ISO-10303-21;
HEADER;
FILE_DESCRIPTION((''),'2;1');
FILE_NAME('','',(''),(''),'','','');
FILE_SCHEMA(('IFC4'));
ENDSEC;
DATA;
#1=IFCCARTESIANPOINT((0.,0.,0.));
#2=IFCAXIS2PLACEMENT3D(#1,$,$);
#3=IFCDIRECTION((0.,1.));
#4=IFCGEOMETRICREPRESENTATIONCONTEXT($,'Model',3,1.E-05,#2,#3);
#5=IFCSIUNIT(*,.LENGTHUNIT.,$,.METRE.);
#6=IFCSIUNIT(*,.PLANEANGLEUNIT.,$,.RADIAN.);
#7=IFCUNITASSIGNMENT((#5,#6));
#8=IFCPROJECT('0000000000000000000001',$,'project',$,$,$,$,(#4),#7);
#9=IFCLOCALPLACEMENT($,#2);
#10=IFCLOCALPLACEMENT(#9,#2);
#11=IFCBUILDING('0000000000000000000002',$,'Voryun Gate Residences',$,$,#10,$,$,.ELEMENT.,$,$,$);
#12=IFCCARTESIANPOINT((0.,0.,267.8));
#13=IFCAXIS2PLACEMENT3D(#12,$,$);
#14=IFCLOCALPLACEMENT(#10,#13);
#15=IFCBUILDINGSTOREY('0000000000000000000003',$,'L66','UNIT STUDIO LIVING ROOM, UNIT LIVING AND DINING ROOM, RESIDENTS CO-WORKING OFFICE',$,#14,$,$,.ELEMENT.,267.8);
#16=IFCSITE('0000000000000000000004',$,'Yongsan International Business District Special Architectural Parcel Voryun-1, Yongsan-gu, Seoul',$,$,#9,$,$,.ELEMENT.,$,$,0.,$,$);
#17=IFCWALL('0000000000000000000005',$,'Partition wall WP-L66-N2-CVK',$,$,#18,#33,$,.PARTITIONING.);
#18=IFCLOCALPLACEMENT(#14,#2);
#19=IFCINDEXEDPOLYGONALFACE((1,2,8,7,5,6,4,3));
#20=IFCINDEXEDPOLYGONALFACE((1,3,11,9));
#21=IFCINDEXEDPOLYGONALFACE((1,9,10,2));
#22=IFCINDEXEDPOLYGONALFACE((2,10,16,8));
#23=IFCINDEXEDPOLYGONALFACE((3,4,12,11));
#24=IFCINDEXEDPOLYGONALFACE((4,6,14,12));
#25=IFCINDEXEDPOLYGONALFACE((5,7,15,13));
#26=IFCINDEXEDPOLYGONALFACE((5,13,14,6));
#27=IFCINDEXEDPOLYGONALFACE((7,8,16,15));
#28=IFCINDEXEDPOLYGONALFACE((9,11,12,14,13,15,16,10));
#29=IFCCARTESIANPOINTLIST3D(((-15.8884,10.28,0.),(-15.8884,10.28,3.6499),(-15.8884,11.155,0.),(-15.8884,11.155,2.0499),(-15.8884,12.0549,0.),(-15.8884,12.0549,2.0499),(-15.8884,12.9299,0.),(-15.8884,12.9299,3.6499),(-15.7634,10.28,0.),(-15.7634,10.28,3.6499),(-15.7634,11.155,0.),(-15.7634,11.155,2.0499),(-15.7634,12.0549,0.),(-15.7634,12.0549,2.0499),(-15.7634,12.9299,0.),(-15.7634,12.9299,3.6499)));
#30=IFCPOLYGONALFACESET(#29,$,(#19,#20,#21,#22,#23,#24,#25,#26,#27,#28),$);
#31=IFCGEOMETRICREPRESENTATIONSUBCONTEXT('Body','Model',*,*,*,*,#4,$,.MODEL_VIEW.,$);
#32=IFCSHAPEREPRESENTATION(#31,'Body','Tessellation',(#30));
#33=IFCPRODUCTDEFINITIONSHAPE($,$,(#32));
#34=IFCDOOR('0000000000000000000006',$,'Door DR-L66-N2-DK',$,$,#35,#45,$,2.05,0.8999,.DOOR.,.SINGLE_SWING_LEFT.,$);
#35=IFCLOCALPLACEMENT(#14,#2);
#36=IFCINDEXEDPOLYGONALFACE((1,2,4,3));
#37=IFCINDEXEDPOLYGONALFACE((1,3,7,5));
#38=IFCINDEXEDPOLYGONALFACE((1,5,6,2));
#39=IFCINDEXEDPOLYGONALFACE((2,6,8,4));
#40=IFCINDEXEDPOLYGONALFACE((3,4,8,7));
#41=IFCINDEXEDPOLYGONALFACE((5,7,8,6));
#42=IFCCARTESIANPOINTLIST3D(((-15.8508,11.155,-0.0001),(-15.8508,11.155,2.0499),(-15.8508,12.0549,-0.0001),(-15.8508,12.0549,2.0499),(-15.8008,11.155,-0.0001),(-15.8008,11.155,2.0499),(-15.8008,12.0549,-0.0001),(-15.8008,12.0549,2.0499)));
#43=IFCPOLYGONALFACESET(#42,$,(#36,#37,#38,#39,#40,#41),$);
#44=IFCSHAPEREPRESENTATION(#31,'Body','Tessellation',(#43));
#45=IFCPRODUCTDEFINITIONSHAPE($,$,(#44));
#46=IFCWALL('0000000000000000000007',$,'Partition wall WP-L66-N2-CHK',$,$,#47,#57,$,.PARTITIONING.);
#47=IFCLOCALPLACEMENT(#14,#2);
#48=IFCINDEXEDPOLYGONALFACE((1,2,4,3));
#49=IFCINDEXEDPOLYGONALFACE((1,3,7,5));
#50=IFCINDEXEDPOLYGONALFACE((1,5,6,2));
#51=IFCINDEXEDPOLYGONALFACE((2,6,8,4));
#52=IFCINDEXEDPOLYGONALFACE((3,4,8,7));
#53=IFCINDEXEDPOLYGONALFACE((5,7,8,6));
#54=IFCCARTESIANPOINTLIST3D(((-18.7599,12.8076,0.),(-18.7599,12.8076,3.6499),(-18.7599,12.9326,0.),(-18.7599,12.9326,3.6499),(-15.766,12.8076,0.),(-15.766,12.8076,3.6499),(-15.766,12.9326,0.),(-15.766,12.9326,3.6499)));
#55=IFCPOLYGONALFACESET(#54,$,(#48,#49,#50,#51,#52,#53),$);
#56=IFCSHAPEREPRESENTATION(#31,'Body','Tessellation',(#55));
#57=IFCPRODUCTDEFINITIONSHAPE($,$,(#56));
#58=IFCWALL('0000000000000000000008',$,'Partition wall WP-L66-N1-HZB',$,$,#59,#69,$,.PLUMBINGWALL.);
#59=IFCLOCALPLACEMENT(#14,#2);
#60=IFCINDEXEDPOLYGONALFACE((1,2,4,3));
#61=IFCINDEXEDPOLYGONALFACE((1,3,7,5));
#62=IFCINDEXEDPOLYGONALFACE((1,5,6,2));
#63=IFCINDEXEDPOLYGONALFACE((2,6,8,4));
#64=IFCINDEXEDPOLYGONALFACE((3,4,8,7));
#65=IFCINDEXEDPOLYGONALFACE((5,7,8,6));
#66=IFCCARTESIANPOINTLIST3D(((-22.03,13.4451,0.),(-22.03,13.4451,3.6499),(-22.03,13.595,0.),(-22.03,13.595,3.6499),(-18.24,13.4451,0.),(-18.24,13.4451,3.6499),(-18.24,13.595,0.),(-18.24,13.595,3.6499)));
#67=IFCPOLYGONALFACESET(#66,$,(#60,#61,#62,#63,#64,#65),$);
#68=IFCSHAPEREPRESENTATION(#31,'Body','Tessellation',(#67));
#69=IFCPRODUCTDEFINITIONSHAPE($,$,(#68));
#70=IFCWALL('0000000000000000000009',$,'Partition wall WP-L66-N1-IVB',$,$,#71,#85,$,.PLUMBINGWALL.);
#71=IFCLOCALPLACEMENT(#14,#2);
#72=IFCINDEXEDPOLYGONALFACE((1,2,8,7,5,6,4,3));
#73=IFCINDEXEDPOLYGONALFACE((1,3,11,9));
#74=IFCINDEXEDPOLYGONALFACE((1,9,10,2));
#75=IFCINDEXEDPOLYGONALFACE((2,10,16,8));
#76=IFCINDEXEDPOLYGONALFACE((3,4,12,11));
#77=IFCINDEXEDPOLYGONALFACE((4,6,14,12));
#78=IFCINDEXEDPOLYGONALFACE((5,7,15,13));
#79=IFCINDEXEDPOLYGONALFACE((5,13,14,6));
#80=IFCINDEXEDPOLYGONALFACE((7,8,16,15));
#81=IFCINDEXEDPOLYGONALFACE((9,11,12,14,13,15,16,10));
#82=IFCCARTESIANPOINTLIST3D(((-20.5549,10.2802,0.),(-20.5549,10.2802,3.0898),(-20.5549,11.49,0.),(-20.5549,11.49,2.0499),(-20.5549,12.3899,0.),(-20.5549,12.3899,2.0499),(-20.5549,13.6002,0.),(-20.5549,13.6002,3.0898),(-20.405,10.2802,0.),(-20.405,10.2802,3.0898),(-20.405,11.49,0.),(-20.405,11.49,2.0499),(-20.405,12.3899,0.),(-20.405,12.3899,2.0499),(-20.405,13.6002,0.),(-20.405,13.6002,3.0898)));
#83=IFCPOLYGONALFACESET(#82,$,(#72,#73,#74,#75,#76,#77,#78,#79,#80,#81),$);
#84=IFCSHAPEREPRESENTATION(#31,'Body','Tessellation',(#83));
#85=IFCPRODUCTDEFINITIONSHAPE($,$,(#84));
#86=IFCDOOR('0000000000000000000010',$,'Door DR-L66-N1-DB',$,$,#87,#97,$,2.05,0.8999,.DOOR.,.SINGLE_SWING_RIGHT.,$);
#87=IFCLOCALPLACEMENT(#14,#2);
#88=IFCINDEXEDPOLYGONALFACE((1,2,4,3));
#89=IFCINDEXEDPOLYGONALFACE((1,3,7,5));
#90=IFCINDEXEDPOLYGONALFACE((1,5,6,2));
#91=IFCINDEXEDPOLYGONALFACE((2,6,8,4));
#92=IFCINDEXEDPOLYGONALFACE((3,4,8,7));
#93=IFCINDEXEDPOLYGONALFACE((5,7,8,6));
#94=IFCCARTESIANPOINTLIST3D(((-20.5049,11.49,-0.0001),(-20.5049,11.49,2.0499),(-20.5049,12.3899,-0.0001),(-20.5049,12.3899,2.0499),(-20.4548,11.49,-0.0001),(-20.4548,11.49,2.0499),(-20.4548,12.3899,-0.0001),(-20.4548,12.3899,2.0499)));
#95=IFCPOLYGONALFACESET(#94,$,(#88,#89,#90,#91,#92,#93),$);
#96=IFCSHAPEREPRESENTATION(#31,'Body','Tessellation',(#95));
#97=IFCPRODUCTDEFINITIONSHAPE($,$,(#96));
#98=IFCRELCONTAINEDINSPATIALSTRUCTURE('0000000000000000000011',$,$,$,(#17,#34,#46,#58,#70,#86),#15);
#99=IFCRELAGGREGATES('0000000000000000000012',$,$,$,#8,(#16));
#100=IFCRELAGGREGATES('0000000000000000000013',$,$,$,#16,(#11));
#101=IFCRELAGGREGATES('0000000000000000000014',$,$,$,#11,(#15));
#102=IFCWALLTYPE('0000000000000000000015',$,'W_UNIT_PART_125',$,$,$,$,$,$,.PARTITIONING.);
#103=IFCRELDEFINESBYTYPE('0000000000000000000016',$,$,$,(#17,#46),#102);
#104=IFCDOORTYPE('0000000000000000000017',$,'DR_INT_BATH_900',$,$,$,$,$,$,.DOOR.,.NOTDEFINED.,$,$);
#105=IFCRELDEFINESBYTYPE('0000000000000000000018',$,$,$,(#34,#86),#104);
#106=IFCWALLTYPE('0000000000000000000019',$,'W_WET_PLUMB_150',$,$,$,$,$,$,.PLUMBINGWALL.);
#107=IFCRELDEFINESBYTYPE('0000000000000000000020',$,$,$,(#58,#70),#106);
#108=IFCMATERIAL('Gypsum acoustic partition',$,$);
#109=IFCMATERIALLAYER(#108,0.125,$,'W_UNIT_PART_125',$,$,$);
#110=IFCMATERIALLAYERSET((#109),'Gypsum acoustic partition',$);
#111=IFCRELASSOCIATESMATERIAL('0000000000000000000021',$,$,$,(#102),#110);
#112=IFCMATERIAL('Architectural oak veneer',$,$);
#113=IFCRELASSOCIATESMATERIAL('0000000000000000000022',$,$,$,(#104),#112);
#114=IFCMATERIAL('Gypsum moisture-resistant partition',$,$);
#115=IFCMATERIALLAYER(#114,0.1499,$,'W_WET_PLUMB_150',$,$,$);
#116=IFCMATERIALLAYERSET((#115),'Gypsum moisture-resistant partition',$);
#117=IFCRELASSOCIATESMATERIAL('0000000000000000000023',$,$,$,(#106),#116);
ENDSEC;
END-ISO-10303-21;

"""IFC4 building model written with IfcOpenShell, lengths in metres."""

from ifc_helpers import new_model, si_unit, direction, frame, frame_2d, origin, place, context, subcontext, project, spatial, rectangle, extrude, material, layer, layer_set, type_object, element, fill, save


model = new_model("IFC4")

# Units and contexts
model_context = context("Model", 3, precision=1e-05, world=origin(), true_north=direction((0.0, 1.0)))
body_context = subcontext(model_context, "Body", "Model", "MODEL_VIEW")
ifc_project = project(units=[si_unit("LENGTHUNIT", "METRE"), si_unit("PLANEANGLEUNIT", "RADIAN")], contexts=[model_context])

# Site, building, storey
site_placement = place(None, origin())
site = spatial("IfcSite", under=ifc_project, at=site_placement, Name="Yongsan International Business District Special Architectural Parcel Voryun-1, Yongsan-gu, Seoul", CompositionType="ELEMENT", RefElevation=0.0)
building_placement = place(site_placement, origin())
building = spatial("IfcBuilding", under=site, at=building_placement, Name="Voryun Gate Residences", CompositionType="ELEMENT")
storey_placement = place(building_placement, frame((0.0, 0.0, 267.8)))
storey = spatial("IfcBuildingStorey", under=building, at=storey_placement, Name="L66", Description="UNIT STUDIO LIVING ROOM, UNIT LIVING AND DINING ROOM, RESIDENTS CO-WORKING OFFICE", CompositionType="ELEMENT", Elevation=267.8)

# Wall, opening, door
ifc_material_1 = material(Name="Gypsum acoustic partition")
ifc_layer_1 = layer(ifc_material_1, 0.125, Name="W_UNIT_PART_125")
ifc_layer_set_1 = layer_set([ifc_layer_1], Name="Gypsum acoustic partition")
wall_type_1 = type_object("IfcWallType", Name="W_UNIT_PART_125", PredefinedType="PARTITIONING", material=ifc_layer_set_1)
ifc_material_2 = material(Name="Architectural oak veneer")
door_type = type_object("IfcDoorType", Name="DR_INT_BATH_900", OperationType="NOTDEFINED", PredefinedType="DOOR", material=ifc_material_2)
wall_1_placement = place(storey_placement, frame((-15.8259, 10.28, 0.0), z_axis=(0.0, 0.0, 1.0), x_axis=(0.0, 1.0, 0.0)))
wall_1 = element("IfcWall", 1, at=wall_1_placement, inside=storey, type_object=wall_type_1, Name="Partition wall WP-L66-N2-CVK", PredefinedType="PARTITIONING", context=body_context, shape_type="SweptSolid", body=[
    extrude(rectangle(XDim=2.6499, YDim=0.125, at=frame_2d((1.325, 0.0))), origin(), (0.0, 0.0, 1.0), 3.6499),
])
opening_1_placement = place(wall_1_placement, frame((0.875, 0.0, 0.0)))
opening_1 = element("IfcOpeningElement", 2, at=opening_1_placement, cuts=wall_1, PredefinedType="OPENING", context=body_context, shape_type="SweptSolid", body=[
    extrude(rectangle(XDim=0.8999, YDim=2.05, at=frame_2d((0.45, 1.0249))), frame((0.0, 0.0725, 0.0), z_axis=(0.0, -1.0, 0.0), x_axis=(1.0, 0.0, 0.0)), (0.0, 0.0, 1.0), 0.145),
])
door_1_placement = place(opening_1_placement, origin())
door_1 = element("IfcDoor", 3, at=door_1_placement, inside=storey, type_object=door_type, Name="Door DR-L66-N2-DK", OperationType="SINGLE_SWING_LEFT", OverallHeight=2.05, OverallWidth=0.8999, PredefinedType="DOOR", context=body_context, shape_type="SweptSolid", body=[
    extrude(rectangle(XDim=0.8999, YDim=2.05, at=frame_2d((0.45, 1.0249))), frame((0.0, 0.0249, 0.0), z_axis=(0.0, -1.0, 0.0), x_axis=(1.0, 0.0, 0.0)), (0.0, 0.0, 1.0), 0.05),
])
fill(opening_1, door_1)

# Walls
wall_2_placement = place(storey_placement, frame((-18.76, 12.8701, 0.0), z_axis=(0.0, 0.0, 1.0), x_axis=(1.0, 0.0, 0.0)))
element("IfcWall", 4, at=wall_2_placement, inside=storey, type_object=wall_type_1, Name="Partition wall WP-L66-N2-CHK", PredefinedType="PARTITIONING", context=body_context, shape_type="SweptSolid", body=[
    extrude(rectangle(XDim=2.9939, YDim=0.125, at=frame_2d((1.4971, 0.0))), origin(), (0.0, 0.0, 1.0), 3.6499),
])
ifc_material_3 = material(Name="Gypsum moisture-resistant partition")
ifc_layer_2 = layer(ifc_material_3, 0.1499, Name="W_WET_PLUMB_150")
ifc_layer_set_2 = layer_set([ifc_layer_2], Name="Gypsum moisture-resistant partition")
wall_type_2 = type_object("IfcWallType", Name="W_WET_PLUMB_150", PredefinedType="PLUMBINGWALL", material=ifc_layer_set_2)
wall_3_placement = place(storey_placement, frame((-22.03, 13.52, 0.0), z_axis=(0.0, 0.0, 1.0), x_axis=(1.0, 0.0, 0.0)))
element("IfcWall", 5, at=wall_3_placement, inside=storey, type_object=wall_type_2, Name="Partition wall WP-L66-N1-HZB", PredefinedType="PLUMBINGWALL", context=body_context, shape_type="SweptSolid", body=[
    extrude(rectangle(XDim=3.79, YDim=0.1499, at=frame_2d((1.895, 0.0))), origin(), (0.0, 0.0, 1.0), 3.6499),
])

# Wall, opening, door
wall_4_placement = place(storey_placement, frame((-20.48, 10.28, 0.0), z_axis=(0.0, 0.0, 1.0), x_axis=(0.0, 1.0, 0.0)))
wall_4 = element("IfcWall", 6, at=wall_4_placement, inside=storey, type_object=wall_type_2, Name="Partition wall WP-L66-N1-IVB", PredefinedType="PLUMBINGWALL", context=body_context, shape_type="SweptSolid", body=[
    extrude(rectangle(XDim=3.3201, YDim=0.1499, at=frame_2d((1.6602, 0.0))), origin(), (0.0, 0.0, 1.0), 3.0898),
])
opening_2_placement = place(wall_4_placement, frame((1.21, 0.0, 0.0)))
opening_2 = element("IfcOpeningElement", 7, at=opening_2_placement, cuts=wall_4, PredefinedType="OPENING", context=body_context, shape_type="SweptSolid", body=[
    extrude(rectangle(XDim=0.8999, YDim=2.05, at=frame_2d((0.45, 1.0249))), frame((0.0, 0.085, 0.0), z_axis=(0.0, -1.0, 0.0), x_axis=(1.0, 0.0, 0.0)), (0.0, 0.0, 1.0), 0.1699),
])
door_2_placement = place(opening_2_placement, origin())
door_2 = element("IfcDoor", 8, at=door_2_placement, inside=storey, type_object=door_type, Name="Door DR-L66-N1-DB", OperationType="SINGLE_SWING_RIGHT", OverallHeight=2.05, OverallWidth=0.8999, PredefinedType="DOOR", context=body_context, shape_type="SweptSolid", body=[
    extrude(rectangle(XDim=0.8999, YDim=2.05, at=frame_2d((0.45, 1.0249))), frame((0.0, 0.0249, 0.0), z_axis=(0.0, -1.0, 0.0), x_axis=(1.0, 0.0, 0.0)), (0.0, 0.0, 1.0), 0.05),
])
fill(opening_2, door_2)

save(model, "model.ifc")
